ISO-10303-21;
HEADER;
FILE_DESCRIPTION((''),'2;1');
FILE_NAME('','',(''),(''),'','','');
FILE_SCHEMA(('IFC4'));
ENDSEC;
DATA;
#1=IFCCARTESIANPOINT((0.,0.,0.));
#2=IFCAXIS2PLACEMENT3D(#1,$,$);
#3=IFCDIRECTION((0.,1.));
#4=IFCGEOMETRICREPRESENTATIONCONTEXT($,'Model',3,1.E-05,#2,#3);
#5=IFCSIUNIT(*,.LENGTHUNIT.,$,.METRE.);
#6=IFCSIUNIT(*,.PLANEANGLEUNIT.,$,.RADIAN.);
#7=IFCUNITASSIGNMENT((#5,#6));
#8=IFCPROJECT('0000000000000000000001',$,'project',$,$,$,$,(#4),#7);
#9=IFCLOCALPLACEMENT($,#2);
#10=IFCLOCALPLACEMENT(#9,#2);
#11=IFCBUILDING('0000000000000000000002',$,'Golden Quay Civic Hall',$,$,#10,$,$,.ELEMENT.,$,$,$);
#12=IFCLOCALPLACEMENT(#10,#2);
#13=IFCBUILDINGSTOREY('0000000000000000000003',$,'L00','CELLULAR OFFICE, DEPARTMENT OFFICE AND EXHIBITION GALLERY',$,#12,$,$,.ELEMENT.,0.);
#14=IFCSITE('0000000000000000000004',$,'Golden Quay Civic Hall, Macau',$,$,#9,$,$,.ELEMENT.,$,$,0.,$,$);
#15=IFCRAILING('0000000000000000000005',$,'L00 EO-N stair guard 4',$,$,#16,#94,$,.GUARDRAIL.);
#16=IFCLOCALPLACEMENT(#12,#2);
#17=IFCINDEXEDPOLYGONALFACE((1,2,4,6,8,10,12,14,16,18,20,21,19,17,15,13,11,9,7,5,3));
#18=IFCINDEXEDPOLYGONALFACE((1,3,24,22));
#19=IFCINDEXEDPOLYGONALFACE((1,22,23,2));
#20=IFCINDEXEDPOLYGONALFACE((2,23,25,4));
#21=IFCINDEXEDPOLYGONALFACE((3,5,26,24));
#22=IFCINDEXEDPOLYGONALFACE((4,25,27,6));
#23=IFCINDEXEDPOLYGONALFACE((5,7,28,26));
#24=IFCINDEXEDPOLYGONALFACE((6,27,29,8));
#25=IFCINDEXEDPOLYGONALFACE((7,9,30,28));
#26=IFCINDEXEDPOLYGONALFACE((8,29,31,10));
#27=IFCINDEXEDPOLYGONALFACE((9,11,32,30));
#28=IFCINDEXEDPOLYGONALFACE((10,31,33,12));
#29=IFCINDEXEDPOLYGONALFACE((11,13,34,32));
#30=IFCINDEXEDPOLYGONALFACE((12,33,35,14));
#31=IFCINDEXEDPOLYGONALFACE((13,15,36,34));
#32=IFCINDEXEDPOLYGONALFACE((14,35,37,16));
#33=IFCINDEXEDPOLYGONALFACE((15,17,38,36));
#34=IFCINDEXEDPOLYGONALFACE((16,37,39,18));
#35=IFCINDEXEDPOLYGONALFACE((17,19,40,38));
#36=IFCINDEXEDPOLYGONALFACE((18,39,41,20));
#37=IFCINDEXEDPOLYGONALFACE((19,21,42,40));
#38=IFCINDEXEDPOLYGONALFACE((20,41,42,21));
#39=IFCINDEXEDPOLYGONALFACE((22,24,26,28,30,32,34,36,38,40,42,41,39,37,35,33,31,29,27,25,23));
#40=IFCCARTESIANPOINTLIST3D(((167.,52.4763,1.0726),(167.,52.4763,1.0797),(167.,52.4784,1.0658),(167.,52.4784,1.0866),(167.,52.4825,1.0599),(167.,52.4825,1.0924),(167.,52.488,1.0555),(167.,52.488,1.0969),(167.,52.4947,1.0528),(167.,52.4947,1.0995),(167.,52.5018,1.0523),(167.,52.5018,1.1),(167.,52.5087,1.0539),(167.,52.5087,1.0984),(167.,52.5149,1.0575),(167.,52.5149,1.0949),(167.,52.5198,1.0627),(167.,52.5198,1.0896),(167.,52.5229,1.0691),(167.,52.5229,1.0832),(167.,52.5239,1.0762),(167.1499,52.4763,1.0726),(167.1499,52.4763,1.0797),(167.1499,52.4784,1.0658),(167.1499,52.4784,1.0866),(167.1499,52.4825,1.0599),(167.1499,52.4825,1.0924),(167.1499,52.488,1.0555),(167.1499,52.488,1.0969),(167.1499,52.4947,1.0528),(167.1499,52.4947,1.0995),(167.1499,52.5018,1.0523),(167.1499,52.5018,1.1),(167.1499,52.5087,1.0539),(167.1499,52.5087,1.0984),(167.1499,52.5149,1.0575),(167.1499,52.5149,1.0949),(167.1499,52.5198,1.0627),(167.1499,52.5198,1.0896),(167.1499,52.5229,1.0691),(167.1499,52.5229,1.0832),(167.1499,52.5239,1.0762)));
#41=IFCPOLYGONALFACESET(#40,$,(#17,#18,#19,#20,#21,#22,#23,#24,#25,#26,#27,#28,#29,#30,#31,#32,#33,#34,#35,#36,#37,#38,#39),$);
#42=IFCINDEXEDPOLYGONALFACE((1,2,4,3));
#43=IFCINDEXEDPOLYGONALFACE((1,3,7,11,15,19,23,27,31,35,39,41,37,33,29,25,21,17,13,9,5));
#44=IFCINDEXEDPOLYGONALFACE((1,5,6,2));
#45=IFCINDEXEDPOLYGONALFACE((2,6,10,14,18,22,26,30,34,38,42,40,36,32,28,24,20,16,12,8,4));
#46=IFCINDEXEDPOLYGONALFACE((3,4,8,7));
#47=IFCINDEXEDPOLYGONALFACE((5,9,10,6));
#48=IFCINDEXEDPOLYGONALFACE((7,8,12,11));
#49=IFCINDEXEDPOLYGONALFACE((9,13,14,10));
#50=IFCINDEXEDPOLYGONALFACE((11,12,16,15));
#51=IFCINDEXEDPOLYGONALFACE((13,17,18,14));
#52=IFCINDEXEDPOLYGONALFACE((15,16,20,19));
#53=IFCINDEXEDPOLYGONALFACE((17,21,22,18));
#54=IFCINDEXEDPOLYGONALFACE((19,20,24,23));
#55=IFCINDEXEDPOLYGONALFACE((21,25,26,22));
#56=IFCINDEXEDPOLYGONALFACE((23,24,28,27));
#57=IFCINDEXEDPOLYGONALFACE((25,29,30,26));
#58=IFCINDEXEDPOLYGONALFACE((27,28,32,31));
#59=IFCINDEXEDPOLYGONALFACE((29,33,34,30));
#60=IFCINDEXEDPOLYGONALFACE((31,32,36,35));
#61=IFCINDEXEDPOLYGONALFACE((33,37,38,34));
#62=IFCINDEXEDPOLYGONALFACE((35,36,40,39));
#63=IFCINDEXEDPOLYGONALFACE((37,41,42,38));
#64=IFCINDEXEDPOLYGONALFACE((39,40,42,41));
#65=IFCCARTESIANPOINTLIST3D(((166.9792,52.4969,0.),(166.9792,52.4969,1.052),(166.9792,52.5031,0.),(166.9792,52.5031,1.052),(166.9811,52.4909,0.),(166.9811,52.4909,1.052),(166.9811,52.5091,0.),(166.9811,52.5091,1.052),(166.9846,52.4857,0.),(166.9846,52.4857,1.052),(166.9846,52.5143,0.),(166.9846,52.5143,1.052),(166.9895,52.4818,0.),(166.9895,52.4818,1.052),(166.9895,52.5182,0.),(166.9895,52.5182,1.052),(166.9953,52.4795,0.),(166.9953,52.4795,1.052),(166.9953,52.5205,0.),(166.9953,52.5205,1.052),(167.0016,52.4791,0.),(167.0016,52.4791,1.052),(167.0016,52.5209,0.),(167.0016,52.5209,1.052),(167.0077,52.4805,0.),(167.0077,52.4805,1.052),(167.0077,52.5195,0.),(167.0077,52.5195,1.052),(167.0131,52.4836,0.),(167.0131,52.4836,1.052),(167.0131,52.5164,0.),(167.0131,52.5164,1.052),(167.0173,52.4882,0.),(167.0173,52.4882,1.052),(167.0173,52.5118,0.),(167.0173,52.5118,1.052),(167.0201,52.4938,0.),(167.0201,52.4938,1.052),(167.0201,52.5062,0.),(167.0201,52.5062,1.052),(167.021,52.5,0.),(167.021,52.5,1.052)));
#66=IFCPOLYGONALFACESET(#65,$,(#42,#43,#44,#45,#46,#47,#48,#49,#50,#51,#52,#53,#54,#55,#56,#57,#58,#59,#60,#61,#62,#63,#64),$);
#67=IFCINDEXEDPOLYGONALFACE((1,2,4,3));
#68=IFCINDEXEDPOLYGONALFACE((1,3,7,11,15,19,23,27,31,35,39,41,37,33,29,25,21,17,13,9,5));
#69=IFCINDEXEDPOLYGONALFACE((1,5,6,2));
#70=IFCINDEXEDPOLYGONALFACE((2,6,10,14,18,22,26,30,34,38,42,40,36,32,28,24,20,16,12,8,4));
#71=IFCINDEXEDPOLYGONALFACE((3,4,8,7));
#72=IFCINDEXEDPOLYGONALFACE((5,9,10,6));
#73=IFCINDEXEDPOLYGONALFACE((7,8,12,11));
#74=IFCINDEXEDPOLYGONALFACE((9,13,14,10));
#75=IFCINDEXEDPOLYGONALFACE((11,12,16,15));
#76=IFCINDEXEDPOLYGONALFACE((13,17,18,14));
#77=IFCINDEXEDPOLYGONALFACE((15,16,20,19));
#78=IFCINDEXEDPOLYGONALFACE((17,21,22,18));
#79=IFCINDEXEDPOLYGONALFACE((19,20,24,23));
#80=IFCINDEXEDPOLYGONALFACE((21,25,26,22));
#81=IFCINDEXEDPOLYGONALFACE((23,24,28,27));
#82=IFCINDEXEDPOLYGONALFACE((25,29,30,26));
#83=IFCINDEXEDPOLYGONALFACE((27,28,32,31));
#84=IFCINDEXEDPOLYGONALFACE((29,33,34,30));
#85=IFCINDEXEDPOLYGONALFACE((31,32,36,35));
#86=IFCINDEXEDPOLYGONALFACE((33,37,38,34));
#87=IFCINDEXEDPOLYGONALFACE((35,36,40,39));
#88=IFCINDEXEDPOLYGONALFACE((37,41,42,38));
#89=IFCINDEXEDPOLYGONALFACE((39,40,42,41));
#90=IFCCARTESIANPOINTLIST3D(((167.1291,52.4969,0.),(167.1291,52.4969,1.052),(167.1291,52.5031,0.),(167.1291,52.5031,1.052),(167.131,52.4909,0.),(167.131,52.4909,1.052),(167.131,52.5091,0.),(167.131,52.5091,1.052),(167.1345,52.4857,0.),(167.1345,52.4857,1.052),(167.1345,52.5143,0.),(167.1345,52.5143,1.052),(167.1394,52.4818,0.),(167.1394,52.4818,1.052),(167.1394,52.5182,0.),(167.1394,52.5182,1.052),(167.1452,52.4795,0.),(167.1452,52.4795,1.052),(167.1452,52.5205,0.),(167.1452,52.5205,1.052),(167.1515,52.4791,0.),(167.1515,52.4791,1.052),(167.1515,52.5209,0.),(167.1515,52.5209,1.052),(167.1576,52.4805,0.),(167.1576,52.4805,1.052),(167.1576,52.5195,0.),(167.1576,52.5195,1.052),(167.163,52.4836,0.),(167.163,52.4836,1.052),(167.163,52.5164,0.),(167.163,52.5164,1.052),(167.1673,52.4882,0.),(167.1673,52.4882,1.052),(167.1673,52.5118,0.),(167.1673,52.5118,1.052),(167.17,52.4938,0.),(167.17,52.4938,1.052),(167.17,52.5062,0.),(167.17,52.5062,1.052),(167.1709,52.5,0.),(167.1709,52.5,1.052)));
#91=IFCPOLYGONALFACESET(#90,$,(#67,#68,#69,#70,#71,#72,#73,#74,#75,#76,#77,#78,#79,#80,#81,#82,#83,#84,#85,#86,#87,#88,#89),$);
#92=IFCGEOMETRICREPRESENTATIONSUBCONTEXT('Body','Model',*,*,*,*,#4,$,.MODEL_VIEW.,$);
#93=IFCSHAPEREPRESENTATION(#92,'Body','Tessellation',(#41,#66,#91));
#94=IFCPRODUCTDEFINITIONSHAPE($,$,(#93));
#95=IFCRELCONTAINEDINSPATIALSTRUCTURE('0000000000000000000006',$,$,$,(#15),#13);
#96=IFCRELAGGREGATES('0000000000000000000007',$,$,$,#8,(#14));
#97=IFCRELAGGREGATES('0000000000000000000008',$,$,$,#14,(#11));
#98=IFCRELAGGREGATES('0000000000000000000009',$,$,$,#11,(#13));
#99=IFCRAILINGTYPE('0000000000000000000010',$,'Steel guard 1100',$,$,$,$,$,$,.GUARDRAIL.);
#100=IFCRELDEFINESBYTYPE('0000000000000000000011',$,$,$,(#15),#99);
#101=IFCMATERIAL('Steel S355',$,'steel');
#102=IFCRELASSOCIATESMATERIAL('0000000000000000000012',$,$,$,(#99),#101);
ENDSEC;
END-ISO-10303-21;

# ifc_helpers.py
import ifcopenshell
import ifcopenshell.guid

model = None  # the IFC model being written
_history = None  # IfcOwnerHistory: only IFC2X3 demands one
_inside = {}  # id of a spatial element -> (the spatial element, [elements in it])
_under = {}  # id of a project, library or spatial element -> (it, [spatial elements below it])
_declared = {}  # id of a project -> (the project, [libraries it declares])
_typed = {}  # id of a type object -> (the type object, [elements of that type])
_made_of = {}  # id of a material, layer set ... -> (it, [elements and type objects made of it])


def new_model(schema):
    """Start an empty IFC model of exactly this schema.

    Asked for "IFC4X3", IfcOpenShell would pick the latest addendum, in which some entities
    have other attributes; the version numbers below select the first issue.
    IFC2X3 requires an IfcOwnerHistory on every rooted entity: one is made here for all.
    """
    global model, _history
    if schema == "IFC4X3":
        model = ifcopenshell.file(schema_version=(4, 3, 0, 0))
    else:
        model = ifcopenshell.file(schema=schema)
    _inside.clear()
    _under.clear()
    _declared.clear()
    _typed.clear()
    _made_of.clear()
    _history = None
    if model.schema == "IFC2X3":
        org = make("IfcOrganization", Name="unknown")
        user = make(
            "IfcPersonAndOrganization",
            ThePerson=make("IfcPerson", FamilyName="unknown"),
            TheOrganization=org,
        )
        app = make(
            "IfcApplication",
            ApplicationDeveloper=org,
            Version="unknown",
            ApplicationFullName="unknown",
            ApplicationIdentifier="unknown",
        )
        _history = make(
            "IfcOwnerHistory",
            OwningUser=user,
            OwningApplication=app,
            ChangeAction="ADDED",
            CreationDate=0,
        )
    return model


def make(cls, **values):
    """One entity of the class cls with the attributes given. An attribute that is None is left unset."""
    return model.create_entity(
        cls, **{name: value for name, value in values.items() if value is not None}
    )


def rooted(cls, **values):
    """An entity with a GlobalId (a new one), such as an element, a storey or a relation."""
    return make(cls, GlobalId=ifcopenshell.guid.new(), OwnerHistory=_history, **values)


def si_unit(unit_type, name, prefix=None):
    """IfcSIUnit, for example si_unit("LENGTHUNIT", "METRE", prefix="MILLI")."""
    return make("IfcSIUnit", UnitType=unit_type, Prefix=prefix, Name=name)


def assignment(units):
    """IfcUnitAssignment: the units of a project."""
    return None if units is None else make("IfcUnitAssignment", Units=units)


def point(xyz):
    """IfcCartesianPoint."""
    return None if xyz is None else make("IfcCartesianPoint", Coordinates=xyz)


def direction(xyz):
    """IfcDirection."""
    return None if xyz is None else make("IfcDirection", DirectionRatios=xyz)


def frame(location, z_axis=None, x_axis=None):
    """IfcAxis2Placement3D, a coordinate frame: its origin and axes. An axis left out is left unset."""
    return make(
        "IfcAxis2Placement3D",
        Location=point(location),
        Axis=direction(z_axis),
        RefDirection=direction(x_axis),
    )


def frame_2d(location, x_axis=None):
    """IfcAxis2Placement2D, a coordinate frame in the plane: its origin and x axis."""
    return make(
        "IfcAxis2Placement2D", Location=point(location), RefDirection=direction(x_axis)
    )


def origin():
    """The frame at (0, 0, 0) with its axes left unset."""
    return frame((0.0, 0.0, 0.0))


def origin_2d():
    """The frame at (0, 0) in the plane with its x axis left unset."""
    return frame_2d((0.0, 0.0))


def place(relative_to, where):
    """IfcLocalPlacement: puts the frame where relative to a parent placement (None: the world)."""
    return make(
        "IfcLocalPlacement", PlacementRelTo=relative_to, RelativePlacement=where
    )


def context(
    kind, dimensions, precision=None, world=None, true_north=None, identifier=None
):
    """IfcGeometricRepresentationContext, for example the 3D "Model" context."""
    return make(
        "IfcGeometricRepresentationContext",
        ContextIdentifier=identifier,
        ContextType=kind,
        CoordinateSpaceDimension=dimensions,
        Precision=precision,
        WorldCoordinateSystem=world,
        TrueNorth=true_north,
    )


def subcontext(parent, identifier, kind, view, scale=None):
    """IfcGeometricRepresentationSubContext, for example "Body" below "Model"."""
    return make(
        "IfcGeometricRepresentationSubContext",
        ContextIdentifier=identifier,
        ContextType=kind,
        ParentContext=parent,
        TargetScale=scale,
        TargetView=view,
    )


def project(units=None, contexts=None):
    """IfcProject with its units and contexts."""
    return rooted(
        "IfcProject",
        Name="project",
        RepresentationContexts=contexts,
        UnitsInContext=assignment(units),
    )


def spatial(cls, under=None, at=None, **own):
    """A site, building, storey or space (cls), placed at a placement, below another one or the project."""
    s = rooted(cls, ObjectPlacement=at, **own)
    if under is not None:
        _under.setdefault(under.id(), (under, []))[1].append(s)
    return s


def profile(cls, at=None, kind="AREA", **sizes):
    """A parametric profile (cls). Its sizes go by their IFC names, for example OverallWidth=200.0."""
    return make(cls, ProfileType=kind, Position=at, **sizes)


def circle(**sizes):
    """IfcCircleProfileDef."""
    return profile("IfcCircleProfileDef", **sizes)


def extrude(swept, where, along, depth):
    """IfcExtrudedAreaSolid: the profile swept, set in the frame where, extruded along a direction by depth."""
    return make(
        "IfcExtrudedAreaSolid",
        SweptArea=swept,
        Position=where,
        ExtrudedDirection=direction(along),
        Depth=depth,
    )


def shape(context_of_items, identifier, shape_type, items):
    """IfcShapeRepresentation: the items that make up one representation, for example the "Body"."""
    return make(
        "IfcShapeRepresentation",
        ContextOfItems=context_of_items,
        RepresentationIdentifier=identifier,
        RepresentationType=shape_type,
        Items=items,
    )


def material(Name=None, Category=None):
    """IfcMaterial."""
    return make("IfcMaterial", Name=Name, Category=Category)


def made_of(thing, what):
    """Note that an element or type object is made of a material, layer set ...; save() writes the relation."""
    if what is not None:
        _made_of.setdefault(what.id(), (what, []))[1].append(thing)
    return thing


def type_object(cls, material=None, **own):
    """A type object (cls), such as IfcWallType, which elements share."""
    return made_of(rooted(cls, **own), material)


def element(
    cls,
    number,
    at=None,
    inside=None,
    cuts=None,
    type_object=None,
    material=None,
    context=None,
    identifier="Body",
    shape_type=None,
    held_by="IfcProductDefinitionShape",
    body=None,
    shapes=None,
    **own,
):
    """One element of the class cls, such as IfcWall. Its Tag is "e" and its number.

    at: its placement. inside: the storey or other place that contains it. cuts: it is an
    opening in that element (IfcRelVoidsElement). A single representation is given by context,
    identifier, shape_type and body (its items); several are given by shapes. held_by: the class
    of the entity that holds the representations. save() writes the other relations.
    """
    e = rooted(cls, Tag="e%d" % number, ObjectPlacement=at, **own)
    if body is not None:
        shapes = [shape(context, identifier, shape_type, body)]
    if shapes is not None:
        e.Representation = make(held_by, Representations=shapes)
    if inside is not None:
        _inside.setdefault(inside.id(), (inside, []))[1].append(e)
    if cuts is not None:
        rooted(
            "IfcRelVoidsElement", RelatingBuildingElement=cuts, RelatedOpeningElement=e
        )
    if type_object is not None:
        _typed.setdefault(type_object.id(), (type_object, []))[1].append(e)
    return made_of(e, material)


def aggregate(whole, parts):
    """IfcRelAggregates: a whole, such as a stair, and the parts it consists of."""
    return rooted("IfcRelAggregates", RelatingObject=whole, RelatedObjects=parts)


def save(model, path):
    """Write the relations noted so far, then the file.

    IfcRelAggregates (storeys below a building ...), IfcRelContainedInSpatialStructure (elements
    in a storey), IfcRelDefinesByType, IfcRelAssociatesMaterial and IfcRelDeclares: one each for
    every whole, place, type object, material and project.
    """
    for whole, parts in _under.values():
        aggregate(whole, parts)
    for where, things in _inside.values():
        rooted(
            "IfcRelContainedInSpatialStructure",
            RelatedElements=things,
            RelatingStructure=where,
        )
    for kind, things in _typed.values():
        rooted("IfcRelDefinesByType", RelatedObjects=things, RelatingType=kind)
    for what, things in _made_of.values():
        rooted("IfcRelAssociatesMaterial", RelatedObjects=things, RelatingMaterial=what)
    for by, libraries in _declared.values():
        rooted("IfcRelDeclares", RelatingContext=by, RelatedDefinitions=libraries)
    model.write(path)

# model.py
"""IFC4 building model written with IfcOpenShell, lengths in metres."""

from ifc_helpers import new_model, si_unit, direction, frame, origin, origin_2d, place, context, subcontext, project, spatial, circle, extrude, material, type_object, element, save


model = new_model("IFC4")

# Units and contexts
model_context = context("Model", 3, precision=1e-05, world=origin(), true_north=direction((0.0, 1.0)))
body_context = subcontext(model_context, "Body", "Model", "MODEL_VIEW")
ifc_project = project(units=[si_unit("LENGTHUNIT", "METRE"), si_unit("PLANEANGLEUNIT", "RADIAN")], contexts=[model_context])

# Site, building, storey
site_placement = place(None, origin())
site = spatial("IfcSite", under=ifc_project, at=site_placement, Name="Golden Quay Civic Hall, Macau", CompositionType="ELEMENT", RefElevation=0.0)
building_placement = place(site_placement, origin())
building = spatial("IfcBuilding", under=site, at=building_placement, Name="Golden Quay Civic Hall", CompositionType="ELEMENT")
storey_placement = place(building_placement, origin())
storey = spatial("IfcBuildingStorey", under=building, at=storey_placement, Name="L00", Description="CELLULAR OFFICE, DEPARTMENT OFFICE AND EXHIBITION GALLERY", CompositionType="ELEMENT", Elevation=0.0)

# Railing
ifc_material_1 = material(Name="Steel S355", Category="steel")
railing_type_1 = type_object("IfcRailingType", Name="Steel guard 1100", PredefinedType="GUARDRAIL", material=ifc_material_1)
railing_1_placement = place(storey_placement, frame((167.0, 52.5, 0.0)))
element("IfcRailing", 1, at=railing_1_placement, inside=storey, type_object=railing_type_1, Name="L00 EO-N stair guard 4", PredefinedType="GUARDRAIL", context=body_context, shape_type="SweptSolid", body=[
    extrude(circle(Radius=0.0239, at=origin_2d()), frame((0.0, 0.0, 1.0762), z_axis=(1.0, 0.0, 0.0), x_axis=(0.0, 1.0, 0.0)), (0.0, 0.0, 1.0), 0.1499),
    extrude(circle(Radius=0.021, at=origin_2d()), origin(), (0.0, 0.0, 1.0), 1.052),
    extrude(circle(Radius=0.021, at=origin_2d()), frame((0.1499, 0.0, 0.0)), (0.0, 0.0, 1.0), 1.052),
])

save(model, "model.ifc")
